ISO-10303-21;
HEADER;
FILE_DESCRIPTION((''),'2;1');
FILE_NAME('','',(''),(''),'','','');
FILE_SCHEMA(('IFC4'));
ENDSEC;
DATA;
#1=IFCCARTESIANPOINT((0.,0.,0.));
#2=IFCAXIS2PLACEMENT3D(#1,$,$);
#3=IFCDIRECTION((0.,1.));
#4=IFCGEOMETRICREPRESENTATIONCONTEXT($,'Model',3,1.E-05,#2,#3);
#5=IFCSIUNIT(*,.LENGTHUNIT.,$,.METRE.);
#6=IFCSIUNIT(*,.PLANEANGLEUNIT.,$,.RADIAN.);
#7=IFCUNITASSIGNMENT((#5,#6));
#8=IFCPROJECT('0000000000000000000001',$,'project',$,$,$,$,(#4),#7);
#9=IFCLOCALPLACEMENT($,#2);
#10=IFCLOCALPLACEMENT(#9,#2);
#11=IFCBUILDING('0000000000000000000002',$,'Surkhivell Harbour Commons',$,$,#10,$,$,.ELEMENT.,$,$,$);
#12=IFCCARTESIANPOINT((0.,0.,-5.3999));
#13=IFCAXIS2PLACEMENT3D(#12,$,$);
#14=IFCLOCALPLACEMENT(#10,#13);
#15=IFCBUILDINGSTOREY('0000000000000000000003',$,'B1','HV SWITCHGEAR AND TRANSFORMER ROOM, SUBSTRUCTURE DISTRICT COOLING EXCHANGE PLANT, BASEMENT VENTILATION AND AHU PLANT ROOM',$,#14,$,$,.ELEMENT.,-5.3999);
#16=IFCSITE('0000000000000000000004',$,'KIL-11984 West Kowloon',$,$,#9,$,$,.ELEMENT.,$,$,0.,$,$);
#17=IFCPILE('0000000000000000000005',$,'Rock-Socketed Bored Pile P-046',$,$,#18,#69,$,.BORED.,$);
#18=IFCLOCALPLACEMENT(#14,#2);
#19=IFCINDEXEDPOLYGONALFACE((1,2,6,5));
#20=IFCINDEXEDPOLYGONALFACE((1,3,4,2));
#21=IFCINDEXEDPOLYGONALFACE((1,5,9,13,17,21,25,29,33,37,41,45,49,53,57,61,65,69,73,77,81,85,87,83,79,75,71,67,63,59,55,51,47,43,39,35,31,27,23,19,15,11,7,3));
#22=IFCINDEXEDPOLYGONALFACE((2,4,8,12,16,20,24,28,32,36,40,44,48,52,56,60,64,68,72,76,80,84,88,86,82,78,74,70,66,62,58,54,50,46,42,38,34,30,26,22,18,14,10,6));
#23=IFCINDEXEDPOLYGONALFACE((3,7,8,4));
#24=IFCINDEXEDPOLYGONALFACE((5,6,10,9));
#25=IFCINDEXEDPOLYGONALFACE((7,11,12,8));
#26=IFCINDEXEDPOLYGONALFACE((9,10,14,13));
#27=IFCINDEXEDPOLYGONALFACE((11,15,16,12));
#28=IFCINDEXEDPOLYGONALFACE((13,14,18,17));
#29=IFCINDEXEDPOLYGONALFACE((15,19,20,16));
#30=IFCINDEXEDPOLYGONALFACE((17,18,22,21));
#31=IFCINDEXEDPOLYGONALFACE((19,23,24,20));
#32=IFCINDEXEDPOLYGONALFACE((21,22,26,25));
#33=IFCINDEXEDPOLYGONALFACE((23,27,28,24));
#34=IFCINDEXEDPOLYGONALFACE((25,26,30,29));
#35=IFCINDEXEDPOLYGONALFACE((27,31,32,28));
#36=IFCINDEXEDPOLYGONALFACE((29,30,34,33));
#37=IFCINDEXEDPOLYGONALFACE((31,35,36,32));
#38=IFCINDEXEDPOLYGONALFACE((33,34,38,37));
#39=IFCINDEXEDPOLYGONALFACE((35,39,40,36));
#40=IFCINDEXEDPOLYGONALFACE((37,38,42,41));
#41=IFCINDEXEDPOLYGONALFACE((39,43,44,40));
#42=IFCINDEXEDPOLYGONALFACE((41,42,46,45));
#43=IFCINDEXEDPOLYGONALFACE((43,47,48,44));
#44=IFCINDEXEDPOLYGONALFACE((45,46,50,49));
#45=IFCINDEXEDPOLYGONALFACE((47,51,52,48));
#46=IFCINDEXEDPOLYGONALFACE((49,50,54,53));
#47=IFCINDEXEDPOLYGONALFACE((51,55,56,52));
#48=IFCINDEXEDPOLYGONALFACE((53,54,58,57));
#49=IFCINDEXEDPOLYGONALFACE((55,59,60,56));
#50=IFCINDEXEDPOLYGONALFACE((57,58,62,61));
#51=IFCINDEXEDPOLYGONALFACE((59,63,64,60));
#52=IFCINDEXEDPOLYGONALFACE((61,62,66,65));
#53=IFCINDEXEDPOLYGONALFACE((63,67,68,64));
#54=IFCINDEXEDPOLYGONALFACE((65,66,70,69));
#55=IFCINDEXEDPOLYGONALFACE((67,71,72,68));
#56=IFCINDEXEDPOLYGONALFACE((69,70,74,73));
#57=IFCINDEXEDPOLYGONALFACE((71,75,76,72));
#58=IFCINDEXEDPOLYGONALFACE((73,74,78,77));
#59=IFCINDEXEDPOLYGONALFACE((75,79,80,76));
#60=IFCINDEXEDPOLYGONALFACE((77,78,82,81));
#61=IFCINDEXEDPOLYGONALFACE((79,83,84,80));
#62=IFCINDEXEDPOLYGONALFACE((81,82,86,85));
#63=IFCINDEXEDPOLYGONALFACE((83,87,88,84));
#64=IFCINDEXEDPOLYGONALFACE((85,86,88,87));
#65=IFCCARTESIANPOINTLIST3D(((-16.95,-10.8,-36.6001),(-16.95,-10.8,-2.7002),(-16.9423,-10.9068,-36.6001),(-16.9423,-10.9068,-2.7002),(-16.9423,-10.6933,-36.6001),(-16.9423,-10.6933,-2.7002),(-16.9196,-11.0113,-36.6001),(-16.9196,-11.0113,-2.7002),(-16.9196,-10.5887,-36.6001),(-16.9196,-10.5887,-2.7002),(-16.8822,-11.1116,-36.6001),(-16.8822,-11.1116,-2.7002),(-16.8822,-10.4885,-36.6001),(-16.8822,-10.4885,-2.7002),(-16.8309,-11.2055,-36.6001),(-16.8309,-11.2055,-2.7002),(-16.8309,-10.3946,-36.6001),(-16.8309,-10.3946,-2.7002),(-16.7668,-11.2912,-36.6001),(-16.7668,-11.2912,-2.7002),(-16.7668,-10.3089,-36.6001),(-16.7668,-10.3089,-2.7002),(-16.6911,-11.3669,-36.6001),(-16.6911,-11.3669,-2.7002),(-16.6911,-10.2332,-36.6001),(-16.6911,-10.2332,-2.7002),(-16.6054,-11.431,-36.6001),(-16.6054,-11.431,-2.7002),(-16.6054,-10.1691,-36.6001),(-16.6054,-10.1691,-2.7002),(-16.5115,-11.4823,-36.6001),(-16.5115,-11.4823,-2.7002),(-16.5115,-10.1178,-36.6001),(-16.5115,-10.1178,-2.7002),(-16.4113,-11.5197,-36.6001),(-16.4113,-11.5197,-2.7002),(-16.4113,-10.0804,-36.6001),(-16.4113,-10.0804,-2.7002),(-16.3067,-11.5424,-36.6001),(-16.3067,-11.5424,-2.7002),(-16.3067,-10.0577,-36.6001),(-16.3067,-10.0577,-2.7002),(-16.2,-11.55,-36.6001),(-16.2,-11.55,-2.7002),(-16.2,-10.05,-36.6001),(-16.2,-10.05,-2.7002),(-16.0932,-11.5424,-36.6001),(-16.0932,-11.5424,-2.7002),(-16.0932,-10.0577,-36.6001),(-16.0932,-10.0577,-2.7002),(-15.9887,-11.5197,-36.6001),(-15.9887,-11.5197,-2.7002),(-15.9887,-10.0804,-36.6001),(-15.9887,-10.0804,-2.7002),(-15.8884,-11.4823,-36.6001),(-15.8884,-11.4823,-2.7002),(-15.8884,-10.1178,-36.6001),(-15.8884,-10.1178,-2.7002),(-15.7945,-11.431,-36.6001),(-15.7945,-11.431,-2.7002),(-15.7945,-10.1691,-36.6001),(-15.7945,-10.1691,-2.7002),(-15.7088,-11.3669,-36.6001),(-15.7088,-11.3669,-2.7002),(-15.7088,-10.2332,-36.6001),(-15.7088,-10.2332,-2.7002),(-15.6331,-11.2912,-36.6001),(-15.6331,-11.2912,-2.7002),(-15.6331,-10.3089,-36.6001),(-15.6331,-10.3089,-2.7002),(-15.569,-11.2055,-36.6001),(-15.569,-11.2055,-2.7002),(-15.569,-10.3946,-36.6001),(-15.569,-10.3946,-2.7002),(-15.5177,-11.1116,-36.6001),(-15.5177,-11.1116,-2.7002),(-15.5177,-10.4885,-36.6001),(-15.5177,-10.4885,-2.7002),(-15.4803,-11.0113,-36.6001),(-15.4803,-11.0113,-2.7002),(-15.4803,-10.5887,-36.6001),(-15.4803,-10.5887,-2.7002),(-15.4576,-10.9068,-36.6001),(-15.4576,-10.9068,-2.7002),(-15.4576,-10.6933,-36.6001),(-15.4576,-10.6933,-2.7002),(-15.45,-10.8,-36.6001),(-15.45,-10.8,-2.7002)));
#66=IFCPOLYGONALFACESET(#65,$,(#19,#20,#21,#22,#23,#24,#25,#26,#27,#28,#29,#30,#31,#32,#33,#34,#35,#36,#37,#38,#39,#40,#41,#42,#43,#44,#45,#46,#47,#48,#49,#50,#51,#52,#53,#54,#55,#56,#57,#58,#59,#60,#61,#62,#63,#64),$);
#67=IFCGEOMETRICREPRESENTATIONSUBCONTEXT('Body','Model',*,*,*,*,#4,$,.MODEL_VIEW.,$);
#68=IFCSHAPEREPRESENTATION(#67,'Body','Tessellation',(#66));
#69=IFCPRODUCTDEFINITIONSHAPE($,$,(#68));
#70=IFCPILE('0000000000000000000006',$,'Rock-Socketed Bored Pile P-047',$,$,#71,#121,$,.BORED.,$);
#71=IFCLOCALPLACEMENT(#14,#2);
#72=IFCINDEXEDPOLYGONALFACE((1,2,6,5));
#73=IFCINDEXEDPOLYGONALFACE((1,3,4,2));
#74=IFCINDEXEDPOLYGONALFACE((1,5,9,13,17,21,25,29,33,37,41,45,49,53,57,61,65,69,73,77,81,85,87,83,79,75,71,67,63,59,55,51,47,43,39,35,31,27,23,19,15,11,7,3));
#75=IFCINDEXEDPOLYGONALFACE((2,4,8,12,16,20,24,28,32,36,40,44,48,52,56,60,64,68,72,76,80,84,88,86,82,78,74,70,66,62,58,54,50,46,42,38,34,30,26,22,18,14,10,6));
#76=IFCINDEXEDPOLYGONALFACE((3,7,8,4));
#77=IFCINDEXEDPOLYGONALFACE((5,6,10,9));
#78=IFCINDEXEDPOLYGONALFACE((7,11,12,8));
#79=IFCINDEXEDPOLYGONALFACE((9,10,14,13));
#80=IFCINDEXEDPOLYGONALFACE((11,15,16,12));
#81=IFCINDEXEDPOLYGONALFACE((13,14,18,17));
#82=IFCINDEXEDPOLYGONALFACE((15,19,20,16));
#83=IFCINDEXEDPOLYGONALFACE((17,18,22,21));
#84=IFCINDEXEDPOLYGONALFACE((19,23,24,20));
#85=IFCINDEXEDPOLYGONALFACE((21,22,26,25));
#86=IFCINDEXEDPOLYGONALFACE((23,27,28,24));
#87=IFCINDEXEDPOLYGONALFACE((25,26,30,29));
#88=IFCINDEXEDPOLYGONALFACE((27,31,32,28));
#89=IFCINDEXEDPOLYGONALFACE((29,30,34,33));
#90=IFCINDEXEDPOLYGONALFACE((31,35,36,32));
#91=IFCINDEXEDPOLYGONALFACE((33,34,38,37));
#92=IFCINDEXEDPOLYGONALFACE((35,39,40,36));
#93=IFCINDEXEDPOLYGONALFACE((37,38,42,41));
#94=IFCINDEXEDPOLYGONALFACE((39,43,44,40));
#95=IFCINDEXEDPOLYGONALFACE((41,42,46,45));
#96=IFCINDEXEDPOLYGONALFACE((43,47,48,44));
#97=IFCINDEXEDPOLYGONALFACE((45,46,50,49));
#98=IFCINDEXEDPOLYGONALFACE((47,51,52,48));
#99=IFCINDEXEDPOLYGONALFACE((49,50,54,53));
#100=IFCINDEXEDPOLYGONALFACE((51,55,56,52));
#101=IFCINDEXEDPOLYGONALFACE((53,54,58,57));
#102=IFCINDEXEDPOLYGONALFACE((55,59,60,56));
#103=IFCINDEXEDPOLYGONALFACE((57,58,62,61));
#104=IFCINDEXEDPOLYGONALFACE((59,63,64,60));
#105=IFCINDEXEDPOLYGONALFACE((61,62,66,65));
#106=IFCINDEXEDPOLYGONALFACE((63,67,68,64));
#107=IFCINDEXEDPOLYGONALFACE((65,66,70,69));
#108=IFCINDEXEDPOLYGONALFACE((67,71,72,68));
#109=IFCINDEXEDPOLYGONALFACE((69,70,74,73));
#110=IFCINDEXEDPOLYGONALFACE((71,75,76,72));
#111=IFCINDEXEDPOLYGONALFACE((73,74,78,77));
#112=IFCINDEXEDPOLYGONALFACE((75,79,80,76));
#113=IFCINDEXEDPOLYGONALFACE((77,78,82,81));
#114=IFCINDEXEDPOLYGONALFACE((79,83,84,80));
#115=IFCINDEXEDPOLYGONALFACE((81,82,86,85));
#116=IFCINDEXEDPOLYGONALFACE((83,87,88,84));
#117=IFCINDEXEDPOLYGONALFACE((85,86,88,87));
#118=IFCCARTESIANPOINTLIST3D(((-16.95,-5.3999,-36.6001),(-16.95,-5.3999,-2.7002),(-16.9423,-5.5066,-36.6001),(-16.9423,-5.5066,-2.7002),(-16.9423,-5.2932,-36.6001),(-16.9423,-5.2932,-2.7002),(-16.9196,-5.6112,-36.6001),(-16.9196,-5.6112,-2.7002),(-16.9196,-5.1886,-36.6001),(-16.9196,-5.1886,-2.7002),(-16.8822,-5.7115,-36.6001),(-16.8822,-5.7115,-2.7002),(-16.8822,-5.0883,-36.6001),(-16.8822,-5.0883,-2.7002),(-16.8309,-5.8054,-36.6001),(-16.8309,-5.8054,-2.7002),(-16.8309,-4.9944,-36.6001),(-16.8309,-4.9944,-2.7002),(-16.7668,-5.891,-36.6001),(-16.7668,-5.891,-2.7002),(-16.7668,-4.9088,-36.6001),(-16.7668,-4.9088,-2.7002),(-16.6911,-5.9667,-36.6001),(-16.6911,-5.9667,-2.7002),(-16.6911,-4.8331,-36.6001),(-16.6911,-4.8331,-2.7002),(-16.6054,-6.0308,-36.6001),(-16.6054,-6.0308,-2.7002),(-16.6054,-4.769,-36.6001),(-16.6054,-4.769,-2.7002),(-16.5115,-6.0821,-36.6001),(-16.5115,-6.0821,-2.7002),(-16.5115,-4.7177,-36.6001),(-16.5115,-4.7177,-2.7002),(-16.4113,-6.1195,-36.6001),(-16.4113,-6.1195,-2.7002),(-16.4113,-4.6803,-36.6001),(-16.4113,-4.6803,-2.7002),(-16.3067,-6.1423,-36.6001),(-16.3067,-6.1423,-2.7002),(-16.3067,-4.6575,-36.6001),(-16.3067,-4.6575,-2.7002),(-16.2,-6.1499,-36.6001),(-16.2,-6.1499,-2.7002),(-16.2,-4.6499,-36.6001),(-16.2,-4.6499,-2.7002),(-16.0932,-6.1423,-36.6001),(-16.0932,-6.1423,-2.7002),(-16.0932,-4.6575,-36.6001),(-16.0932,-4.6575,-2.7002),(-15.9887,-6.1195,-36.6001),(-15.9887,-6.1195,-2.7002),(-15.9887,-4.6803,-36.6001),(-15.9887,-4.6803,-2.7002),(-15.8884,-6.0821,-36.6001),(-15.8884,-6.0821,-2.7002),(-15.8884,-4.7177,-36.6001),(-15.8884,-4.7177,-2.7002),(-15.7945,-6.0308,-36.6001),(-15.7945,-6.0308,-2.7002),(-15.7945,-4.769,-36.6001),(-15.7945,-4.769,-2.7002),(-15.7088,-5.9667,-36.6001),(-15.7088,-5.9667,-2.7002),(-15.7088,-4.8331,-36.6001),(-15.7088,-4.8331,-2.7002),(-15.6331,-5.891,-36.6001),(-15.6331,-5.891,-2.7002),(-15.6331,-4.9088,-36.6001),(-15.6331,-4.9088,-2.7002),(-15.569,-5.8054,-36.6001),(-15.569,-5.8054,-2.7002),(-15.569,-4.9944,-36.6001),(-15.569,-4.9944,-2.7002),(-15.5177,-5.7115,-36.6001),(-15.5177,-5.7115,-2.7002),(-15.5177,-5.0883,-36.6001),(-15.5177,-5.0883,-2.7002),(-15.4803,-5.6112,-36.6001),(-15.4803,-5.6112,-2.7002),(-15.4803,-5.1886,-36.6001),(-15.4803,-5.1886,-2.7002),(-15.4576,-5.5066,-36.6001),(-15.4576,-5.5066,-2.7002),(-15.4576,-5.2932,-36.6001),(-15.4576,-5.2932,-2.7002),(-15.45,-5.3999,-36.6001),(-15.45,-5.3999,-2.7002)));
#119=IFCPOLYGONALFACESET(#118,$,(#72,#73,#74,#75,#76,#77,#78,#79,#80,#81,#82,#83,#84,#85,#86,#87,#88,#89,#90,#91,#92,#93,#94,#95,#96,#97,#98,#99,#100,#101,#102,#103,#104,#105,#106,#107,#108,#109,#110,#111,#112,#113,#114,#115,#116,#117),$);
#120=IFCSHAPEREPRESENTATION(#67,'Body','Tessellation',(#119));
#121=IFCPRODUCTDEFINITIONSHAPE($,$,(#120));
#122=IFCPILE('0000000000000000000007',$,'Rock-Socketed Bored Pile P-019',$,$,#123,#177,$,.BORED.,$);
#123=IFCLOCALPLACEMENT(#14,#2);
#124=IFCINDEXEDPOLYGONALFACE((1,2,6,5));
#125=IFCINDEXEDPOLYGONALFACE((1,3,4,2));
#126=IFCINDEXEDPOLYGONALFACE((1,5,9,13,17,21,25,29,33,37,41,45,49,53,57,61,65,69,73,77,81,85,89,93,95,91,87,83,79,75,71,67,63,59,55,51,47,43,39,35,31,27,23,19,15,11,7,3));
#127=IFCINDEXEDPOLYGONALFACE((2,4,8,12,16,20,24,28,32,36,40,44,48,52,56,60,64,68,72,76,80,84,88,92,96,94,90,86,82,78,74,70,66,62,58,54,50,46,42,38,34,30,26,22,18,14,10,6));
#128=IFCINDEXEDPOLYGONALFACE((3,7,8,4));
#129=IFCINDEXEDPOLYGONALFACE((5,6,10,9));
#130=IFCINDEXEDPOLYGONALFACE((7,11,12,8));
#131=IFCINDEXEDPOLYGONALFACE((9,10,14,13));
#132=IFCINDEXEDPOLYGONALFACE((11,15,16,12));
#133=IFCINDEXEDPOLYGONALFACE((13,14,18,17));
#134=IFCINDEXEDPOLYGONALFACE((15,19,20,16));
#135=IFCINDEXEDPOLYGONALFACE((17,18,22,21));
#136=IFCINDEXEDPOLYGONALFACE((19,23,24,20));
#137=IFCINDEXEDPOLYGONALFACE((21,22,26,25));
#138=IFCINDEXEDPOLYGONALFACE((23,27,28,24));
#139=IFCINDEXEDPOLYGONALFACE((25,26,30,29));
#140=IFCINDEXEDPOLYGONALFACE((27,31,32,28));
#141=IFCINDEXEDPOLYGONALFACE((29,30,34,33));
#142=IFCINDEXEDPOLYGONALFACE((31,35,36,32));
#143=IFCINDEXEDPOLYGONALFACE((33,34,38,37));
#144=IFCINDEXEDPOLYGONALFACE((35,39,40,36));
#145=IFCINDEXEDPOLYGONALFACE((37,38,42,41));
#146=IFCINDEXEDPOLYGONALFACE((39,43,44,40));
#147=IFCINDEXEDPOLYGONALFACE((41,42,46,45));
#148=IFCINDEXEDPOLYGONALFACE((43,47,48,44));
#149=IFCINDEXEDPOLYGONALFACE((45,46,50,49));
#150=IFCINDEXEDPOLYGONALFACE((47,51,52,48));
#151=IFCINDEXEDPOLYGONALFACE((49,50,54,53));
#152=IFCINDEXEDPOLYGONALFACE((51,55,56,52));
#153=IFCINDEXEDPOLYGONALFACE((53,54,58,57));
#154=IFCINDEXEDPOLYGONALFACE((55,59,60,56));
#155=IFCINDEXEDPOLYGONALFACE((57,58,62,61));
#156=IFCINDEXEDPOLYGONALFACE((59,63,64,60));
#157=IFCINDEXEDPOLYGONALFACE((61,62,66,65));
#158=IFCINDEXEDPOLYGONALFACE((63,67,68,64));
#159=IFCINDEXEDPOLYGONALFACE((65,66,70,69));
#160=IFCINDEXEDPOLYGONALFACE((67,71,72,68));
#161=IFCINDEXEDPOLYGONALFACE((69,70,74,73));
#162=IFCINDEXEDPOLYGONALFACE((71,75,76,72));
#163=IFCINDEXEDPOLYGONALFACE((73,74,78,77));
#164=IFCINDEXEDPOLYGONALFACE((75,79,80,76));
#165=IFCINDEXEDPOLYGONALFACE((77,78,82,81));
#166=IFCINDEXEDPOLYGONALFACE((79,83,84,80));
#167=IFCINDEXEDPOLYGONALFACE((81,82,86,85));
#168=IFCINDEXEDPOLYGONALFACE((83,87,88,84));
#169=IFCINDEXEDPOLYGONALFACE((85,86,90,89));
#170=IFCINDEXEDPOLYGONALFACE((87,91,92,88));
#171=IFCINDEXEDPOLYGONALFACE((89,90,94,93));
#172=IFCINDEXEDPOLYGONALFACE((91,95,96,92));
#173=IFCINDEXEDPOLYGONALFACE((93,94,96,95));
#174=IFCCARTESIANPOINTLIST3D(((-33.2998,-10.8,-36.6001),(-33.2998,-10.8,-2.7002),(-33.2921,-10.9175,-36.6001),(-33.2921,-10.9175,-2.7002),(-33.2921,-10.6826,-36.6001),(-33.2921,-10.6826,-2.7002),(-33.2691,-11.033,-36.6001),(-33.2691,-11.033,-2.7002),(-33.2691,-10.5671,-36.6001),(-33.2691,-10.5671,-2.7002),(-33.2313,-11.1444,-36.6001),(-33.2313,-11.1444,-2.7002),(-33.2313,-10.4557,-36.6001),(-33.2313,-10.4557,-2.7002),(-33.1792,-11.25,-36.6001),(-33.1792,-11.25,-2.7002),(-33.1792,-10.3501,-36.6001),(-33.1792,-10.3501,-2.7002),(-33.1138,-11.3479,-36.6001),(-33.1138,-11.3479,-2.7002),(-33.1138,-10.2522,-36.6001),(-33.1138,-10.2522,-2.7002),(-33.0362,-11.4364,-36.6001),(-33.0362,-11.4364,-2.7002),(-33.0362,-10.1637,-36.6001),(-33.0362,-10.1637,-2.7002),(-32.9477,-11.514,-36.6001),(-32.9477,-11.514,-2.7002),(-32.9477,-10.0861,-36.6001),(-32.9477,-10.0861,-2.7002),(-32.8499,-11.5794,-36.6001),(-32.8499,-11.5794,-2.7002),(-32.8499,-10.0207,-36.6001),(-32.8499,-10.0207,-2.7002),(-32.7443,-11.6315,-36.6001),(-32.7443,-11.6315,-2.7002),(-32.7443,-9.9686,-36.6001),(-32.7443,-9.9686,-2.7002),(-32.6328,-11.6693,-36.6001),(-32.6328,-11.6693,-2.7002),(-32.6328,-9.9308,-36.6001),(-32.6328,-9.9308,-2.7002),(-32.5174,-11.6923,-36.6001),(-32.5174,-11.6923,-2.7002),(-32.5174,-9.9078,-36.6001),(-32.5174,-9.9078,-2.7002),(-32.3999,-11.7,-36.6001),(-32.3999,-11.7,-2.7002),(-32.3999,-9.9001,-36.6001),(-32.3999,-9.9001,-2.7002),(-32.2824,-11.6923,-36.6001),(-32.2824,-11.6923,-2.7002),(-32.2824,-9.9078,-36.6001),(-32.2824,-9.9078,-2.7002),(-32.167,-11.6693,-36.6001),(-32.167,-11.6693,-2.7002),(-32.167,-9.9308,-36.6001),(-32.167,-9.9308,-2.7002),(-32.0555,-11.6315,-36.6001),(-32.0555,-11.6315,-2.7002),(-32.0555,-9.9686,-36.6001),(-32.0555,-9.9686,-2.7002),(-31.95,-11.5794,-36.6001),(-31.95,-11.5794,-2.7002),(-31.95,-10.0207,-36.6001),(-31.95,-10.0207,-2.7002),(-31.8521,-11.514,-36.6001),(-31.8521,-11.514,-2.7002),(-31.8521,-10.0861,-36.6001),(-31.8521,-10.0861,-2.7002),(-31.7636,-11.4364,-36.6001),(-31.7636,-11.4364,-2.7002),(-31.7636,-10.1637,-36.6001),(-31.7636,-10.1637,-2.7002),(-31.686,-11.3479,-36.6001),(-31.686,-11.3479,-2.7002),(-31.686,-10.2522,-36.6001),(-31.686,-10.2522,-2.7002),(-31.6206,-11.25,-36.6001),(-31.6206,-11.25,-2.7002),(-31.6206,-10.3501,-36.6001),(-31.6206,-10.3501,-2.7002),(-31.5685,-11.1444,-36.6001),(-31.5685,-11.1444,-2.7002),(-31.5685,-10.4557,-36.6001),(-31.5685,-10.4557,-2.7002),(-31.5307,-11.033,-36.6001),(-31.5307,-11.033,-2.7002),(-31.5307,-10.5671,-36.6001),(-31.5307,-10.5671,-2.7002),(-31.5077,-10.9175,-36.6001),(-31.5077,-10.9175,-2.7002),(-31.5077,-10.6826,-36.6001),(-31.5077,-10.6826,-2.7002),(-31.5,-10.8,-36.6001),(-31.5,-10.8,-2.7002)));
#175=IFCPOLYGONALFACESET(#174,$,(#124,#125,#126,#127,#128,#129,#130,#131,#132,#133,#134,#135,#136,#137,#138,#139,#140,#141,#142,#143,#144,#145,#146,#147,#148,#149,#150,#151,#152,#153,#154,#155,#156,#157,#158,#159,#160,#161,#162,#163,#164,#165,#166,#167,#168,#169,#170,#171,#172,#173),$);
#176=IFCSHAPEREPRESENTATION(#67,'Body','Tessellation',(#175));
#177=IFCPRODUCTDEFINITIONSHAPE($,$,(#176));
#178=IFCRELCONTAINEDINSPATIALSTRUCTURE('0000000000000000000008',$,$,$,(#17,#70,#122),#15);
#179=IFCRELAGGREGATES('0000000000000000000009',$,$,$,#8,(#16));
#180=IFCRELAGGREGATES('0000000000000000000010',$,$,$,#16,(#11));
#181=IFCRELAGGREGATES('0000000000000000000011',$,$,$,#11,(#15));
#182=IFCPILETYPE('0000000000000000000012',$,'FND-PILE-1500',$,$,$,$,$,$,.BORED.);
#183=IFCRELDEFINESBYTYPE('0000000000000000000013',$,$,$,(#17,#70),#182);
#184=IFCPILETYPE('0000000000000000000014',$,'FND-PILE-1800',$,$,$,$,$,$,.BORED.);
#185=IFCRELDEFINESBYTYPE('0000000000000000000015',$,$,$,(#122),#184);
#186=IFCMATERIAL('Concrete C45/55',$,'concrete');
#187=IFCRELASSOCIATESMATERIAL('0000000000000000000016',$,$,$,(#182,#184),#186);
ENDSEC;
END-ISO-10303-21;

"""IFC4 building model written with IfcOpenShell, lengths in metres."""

from ifc_helpers import new_model, si_unit, direction, frame, origin, origin_2d, place, context, subcontext, project, spatial, circle, extrude, material, material_profile, profile_set, type_object, element, save


model = new_model("IFC4")

# Units and contexts
model_context = context("Model", 3, precision=1e-05, world=origin(), true_north=direction((0.0, 1.0)))
body_context = subcontext(model_context, "Body", "Model", "MODEL_VIEW")
ifc_project = project(units=[si_unit("LENGTHUNIT", "METRE"), si_unit("PLANEANGLEUNIT", "RADIAN")], contexts=[model_context])

# Site, building, storey
site_placement = place(None, origin())
site = spatial("IfcSite", under=ifc_project, at=site_placement, Name="KIL-11984 West Kowloon", CompositionType="ELEMENT", RefElevation=0.0)
building_placement = place(site_placement, origin())
building = spatial("IfcBuilding", under=site, at=building_placement, Name="Surkhivell Harbour Commons", CompositionType="ELEMENT")
storey_placement = place(building_placement, frame((0.0, 0.0, -5.3999)))
storey = spatial("IfcBuildingStorey", under=building, at=storey_placement, Name="B1", Description="HV SWITCHGEAR AND TRANSFORMER ROOM, SUBSTRUCTURE DISTRICT COOLING EXCHANGE PLANT, BASEMENT VENTILATION AND AHU PLANT ROOM", CompositionType="ELEMENT", Elevation=-5.3999)

# Piles
ifc_material_1 = material(Name="Concrete C45/55", Category="concrete")
ifc_material_profile_1 = material_profile(ifc_material_1, circle(Radius=0.75, at=origin_2d()), Name="PILE-1500")
ifc_profile_set_1 = profile_set([ifc_material_profile_1], Name="Concrete C45/55")
pile_type_1 = type_object("IfcPileType", Name="FND-PILE-1500", PredefinedType="BORED", material=ifc_profile_set_1)
for number, where, z_axis, x_axis, name in (
    (1, (-16.2, -10.8, -2.7002), (0.0, 0.0, -1.0), (1.0, 0.0, 0.0), "Rock-Socketed Bored Pile P-046"),
    (2, (-16.2, -5.3999, -2.7002), (0.0, 0.0, -1.0), (1.0, 0.0, 0.0), "Rock-Socketed Bored Pile P-047"),
):
    element("IfcPile", number, at=place(storey_placement, frame(where, z_axis=z_axis, x_axis=x_axis)), inside=storey, type_object=pile_type_1, Name=name, PredefinedType="BORED", context=body_context, shape_type="SweptSolid", body=[
        extrude(circle(Radius=0.75, at=origin_2d()), origin(), (0.0, 0.0, 1.0), 33.8999),
    ])
ifc_material_profile_2 = material_profile(ifc_material_1, circle(Radius=0.8999, at=origin_2d()), Name="PILE-1800")
ifc_profile_set_2 = profile_set([ifc_material_profile_2], Name="Concrete C45/55")
pile_type_2 = type_object("IfcPileType", Name="FND-PILE-1800", PredefinedType="BORED", material=ifc_profile_set_2)
for number, where, z_axis, x_axis, name in (
    (3, (-32.3999, -10.8, -2.7002), (0.0, 0.0, -1.0), (1.0, 0.0, 0.0), "Rock-Socketed Bored Pile P-019"),
):
    element("IfcPile", number, at=place(storey_placement, frame(where, z_axis=z_axis, x_axis=x_axis)), inside=storey, type_object=pile_type_2, Name=name, PredefinedType="BORED", context=body_context, shape_type="SweptSolid", body=[
        extrude(circle(Radius=0.8999, at=origin_2d()), origin(), (0.0, 0.0, 1.0), 33.8999),
    ])

save(model, "model.ifc")
